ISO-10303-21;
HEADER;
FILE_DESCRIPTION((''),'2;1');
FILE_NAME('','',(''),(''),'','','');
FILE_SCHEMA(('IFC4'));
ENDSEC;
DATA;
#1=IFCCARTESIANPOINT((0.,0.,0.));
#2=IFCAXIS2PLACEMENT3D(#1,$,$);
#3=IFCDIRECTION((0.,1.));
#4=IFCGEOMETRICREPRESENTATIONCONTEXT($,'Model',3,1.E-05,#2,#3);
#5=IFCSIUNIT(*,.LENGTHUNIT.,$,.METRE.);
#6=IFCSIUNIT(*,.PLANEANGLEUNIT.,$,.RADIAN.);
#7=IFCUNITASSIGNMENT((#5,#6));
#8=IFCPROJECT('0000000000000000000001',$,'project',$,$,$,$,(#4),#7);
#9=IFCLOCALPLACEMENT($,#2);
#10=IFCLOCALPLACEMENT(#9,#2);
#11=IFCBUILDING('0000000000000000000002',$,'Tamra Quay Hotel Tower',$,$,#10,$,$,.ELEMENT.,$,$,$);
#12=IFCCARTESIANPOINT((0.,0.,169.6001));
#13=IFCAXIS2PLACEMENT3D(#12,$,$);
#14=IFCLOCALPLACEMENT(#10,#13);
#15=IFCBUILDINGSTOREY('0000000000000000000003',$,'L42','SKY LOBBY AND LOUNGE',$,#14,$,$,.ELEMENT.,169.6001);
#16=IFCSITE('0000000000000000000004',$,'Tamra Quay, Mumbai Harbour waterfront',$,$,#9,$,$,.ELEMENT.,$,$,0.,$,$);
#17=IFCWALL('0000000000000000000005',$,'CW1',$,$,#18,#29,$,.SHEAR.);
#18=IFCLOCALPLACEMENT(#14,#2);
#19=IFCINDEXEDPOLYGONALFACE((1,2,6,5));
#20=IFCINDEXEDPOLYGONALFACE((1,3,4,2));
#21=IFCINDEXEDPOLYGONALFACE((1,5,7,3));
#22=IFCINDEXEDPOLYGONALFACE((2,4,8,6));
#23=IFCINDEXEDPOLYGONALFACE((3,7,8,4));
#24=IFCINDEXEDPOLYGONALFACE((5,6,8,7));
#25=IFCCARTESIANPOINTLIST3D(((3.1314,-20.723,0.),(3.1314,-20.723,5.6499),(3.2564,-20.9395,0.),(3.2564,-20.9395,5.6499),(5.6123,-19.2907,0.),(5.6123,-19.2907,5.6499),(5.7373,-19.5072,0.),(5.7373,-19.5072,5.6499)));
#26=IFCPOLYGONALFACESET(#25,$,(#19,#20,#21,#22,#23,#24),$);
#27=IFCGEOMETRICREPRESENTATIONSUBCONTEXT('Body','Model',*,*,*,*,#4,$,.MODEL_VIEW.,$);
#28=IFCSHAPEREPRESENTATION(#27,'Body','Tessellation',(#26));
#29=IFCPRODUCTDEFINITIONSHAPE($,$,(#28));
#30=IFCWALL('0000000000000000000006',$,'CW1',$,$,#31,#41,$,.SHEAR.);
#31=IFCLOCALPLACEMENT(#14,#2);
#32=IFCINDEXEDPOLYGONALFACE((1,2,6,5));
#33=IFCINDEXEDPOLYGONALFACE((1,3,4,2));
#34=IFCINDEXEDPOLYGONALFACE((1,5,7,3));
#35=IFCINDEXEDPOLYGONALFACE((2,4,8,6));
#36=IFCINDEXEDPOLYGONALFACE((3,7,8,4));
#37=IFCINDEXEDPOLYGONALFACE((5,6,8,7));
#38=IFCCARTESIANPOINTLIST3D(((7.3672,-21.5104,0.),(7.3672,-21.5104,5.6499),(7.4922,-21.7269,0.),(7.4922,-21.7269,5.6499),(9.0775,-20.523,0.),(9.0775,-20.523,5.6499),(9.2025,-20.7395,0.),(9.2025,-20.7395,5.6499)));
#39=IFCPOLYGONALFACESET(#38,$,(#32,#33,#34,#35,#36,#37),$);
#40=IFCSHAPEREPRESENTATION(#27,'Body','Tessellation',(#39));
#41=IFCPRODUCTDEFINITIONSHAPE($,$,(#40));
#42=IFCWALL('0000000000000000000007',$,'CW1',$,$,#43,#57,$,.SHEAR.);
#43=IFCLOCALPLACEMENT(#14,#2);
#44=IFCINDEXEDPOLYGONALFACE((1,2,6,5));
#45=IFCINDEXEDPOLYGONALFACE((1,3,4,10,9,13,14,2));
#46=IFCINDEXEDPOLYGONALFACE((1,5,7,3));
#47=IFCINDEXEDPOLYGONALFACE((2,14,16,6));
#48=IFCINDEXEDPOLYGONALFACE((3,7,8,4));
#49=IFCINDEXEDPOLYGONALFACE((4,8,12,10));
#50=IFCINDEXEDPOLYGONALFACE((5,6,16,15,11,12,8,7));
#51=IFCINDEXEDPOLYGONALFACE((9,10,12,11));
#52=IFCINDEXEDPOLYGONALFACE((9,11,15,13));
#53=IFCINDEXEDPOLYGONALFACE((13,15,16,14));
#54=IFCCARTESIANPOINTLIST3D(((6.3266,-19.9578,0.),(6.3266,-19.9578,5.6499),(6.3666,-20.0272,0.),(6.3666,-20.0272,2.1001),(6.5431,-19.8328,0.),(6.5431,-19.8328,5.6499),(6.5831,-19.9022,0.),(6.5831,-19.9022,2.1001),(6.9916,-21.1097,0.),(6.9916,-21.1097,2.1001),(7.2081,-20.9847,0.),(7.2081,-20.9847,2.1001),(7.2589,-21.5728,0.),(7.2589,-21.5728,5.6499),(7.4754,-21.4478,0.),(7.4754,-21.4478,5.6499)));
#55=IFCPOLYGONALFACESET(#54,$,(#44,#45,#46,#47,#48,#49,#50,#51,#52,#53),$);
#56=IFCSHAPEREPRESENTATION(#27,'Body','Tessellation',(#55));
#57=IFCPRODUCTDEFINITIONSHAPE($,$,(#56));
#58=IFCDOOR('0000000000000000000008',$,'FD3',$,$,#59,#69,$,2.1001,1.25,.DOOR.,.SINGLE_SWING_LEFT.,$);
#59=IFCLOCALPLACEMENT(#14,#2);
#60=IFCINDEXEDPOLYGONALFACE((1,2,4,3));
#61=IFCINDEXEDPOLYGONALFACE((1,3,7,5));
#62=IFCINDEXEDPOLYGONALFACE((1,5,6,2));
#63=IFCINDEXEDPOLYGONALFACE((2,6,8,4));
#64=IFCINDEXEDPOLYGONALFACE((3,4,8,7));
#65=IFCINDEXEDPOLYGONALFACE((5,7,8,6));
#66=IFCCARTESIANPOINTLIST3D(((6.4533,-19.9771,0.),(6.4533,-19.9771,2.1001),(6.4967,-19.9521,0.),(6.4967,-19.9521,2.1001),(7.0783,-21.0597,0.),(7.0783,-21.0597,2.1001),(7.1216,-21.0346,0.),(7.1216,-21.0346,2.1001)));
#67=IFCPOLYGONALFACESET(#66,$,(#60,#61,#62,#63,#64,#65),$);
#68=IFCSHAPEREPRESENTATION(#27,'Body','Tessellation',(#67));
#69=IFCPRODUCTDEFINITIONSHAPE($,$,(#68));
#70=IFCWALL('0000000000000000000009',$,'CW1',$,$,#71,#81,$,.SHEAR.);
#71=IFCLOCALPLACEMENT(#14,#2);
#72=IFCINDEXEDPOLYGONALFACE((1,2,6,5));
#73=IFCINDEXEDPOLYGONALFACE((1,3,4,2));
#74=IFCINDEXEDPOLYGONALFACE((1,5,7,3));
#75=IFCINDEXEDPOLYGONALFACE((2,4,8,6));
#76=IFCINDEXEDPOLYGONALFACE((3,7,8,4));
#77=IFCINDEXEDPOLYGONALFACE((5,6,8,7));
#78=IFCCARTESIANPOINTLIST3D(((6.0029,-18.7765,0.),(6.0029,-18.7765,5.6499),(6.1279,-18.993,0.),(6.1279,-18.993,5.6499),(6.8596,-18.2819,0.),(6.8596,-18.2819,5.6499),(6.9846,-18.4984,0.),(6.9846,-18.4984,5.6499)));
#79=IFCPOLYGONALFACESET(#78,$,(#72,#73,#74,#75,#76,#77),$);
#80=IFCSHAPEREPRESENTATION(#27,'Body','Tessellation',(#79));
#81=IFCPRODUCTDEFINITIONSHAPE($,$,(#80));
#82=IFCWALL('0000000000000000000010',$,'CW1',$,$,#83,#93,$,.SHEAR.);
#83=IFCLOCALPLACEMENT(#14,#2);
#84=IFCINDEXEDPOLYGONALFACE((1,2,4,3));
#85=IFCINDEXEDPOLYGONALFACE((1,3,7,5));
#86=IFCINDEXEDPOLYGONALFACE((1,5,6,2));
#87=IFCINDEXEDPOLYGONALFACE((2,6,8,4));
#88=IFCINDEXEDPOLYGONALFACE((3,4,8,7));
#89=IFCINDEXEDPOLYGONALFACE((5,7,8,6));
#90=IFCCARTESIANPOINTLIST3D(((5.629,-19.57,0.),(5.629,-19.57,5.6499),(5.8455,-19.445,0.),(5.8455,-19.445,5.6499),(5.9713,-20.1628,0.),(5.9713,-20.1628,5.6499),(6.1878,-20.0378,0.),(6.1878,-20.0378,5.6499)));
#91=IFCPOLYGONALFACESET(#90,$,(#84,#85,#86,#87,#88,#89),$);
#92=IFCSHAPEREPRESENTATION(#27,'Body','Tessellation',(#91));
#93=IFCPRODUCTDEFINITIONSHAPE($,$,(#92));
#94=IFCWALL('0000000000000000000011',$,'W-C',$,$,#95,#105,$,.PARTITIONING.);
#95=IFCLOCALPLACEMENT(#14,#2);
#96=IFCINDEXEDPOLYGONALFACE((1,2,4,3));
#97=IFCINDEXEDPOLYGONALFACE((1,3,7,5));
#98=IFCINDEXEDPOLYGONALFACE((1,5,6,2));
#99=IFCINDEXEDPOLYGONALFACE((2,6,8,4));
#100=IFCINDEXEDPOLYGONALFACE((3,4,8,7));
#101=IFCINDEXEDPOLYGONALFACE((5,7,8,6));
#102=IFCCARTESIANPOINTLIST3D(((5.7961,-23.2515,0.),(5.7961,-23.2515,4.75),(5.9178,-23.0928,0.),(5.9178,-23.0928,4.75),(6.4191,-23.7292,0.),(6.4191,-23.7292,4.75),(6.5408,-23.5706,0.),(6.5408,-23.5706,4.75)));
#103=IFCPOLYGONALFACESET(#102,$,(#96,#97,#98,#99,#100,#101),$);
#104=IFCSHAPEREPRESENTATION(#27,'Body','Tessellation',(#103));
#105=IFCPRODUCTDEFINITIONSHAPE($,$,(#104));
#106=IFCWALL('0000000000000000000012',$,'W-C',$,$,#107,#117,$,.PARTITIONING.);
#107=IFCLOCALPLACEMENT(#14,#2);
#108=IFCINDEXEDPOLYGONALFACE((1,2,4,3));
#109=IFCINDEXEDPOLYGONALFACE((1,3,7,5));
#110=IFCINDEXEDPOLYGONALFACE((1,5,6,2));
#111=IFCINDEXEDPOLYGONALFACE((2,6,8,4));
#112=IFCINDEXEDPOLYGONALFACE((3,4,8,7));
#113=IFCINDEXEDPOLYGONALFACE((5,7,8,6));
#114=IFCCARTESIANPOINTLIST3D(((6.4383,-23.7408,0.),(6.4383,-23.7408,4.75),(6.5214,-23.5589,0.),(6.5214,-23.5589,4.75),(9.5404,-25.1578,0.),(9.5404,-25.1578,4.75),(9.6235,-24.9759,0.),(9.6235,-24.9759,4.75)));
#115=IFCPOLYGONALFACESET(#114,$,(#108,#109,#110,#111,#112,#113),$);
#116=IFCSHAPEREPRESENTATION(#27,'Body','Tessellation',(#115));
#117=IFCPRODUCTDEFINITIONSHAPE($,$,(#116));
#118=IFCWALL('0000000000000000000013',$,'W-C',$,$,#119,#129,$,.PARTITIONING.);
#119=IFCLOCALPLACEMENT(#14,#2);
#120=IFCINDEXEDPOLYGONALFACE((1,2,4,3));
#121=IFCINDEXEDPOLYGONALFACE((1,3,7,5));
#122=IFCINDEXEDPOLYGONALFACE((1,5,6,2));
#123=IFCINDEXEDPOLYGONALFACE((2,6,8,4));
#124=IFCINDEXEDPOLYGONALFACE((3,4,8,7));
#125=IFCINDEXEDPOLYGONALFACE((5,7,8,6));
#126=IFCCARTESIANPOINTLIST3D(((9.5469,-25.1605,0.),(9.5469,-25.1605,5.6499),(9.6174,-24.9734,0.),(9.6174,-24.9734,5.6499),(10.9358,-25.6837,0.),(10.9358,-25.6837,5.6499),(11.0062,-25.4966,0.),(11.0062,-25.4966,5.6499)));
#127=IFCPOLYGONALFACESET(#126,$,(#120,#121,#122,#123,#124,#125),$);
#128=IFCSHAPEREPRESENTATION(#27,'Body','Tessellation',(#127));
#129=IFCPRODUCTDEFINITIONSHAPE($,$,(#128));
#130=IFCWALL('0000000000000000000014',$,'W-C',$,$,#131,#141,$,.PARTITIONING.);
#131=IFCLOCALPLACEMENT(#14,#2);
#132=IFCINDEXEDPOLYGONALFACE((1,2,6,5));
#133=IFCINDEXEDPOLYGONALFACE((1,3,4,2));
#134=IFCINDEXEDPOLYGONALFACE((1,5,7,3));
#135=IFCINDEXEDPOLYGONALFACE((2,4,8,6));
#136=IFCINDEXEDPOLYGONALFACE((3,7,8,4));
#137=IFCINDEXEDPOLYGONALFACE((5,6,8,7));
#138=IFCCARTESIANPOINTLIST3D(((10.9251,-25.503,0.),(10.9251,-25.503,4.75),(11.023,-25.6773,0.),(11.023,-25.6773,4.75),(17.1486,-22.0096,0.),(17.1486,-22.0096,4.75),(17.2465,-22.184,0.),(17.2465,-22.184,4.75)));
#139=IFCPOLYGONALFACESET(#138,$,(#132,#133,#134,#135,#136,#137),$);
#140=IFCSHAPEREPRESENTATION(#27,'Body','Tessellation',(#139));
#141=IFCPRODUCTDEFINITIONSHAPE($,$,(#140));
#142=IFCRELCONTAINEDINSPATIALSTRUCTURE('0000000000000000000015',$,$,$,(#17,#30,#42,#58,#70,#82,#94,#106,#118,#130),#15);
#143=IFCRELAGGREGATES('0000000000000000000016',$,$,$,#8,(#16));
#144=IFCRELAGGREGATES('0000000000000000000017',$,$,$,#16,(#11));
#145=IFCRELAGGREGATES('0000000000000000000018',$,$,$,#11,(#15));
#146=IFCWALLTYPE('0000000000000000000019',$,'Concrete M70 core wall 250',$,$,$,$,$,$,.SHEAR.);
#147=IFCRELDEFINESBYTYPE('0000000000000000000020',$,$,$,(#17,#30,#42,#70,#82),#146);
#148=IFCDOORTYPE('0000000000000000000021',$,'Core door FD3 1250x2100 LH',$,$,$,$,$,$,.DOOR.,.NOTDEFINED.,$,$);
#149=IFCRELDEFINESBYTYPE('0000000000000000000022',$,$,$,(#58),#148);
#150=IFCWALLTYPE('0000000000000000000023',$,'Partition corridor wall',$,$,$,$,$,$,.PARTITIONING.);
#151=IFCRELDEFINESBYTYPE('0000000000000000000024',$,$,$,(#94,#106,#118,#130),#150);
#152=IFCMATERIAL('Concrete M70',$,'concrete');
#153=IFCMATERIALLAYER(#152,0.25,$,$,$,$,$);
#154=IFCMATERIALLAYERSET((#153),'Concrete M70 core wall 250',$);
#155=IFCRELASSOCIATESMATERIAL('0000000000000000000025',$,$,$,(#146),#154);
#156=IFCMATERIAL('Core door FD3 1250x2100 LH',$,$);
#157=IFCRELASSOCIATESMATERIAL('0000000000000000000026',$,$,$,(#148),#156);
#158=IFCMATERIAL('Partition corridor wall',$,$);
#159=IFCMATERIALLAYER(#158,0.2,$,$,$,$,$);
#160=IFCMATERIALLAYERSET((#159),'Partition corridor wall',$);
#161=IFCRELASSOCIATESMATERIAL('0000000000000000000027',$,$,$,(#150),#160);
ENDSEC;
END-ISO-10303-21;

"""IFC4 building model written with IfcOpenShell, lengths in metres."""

from ifc_helpers import new_model, si_unit, direction, frame, frame_2d, origin, place, context, subcontext, project, spatial, rectangle, extrude, material, layer, layer_set, type_object, element, fill, save


model = new_model("IFC4")

# Units and contexts
model_context = context("Model", 3, precision=1e-05, world=origin(), true_north=direction((0.0, 1.0)))
body_context = subcontext(model_context, "Body", "Model", "MODEL_VIEW")
ifc_project = project(units=[si_unit("LENGTHUNIT", "METRE"), si_unit("PLANEANGLEUNIT", "RADIAN")], contexts=[model_context])

# Site, building, storey
site_placement = place(None, origin())
site = spatial("IfcSite", under=ifc_project, at=site_placement, Name="Tamra Quay, Mumbai Harbour waterfront", CompositionType="ELEMENT", RefElevation=0.0)
building_placement = place(site_placement, origin())
building = spatial("IfcBuilding", under=site, at=building_placement, Name="Tamra Quay Hotel Tower", CompositionType="ELEMENT")
storey_placement = place(building_placement, frame((0.0, 0.0, 169.6001)))
storey = spatial("IfcBuildingStorey", under=building, at=storey_placement, Name="L42", Description="SKY LOBBY AND LOUNGE", CompositionType="ELEMENT", Elevation=169.6001)

# Shared definitions
ifc_material_1 = material(Name="Concrete M70", Category="concrete")

# Walls
ifc_layer_1 = layer(ifc_material_1, 0.25)
ifc_layer_set_1 = layer_set([ifc_layer_1], Name="Concrete M70 core wall 250")
wall_type_1 = type_object("IfcWallType", Name="Concrete M70 core wall 250", PredefinedType="SHEAR", material=ifc_layer_set_1)
wall_1_placement = place(storey_placement, frame((5.6748, -19.3989, 0.0), z_axis=(0.0, 0.0, 1.0), x_axis=(-0.866027, -0.499998, 0.0)))
element("IfcWall", 1, at=wall_1_placement, inside=storey, type_object=wall_type_1, Name="CW1", PredefinedType="SHEAR", context=body_context, shape_type="SweptSolid", body=[
    extrude(rectangle(XDim=2.8647, YDim=0.25, at=frame_2d((1.4324, 0.0))), origin(), (0.0, 0.0, 1.0), 5.6499),
])
wall_2_placement = place(storey_placement, frame((9.1399, -20.6313, 0.0), z_axis=(0.0, 0.0, 1.0), x_axis=(-0.866044, -0.499969, 0.0)))
element("IfcWall", 2, at=wall_2_placement, inside=storey, type_object=wall_type_1, Name="CW1", PredefinedType="SHEAR", context=body_context, shape_type="SweptSolid", body=[
    extrude(rectangle(XDim=1.9749, YDim=0.25, at=frame_2d((0.9873, 0.0))), origin(), (0.0, 0.0, 1.0), 5.6499),
])

# Wall, opening, door
wall_3_placement = place(storey_placement, frame((7.3672, -21.5103, 0.0), z_axis=(0.0, 0.0, 1.0), x_axis=(-0.499983, 0.866035, 0.0)))
wall_3 = element("IfcWall", 3, at=wall_3_placement, inside=storey, type_object=wall_type_1, Name="CW1", PredefinedType="SHEAR", context=body_context, shape_type="SweptSolid", body=[
    extrude(rectangle(XDim=1.8647, YDim=0.25, at=frame_2d((0.9324, 0.0))), origin(), (0.0, 0.0, 1.0), 5.6499),
])
opening_1_placement = place(wall_3_placement, frame((0.5347, 0.0, 0.0)))
opening_1 = element("IfcOpeningElement", 4, at=opening_1_placement, cuts=wall_3, PredefinedType="OPENING", context=body_context, shape_type="SweptSolid", body=[
    extrude(rectangle(XDim=1.25, YDim=2.1001, at=frame_2d((0.625, 1.05))), frame((0.0, 0.135, 0.0), z_axis=(0.0, -1.0, 0.0), x_axis=(1.0, 0.0, 0.0)), (0.0, 0.0, 1.0), 0.27),
])
ifc_material_2 = material(Name="Core door FD3 1250x2100 LH")
door_type_1 = type_object("IfcDoorType", Name="Core door FD3 1250x2100 LH", OperationType="NOTDEFINED", PredefinedType="DOOR", material=ifc_material_2)
door_1_placement = place(opening_1_placement, origin())
door_1 = element("IfcDoor", 5, at=door_1_placement, inside=storey, type_object=door_type_1, Name="FD3", OperationType="SINGLE_SWING_LEFT", OverallHeight=2.1001, OverallWidth=1.25, PredefinedType="DOOR", context=body_context, shape_type="SweptSolid", body=[
    extrude(rectangle(XDim=1.25, YDim=2.1001, at=frame_2d((0.625, 1.05))), frame((0.0, 0.0249, 0.0), z_axis=(0.0, -1.0, 0.0), x_axis=(1.0, 0.0, 0.0)), (0.0, 0.0, 1.0), 0.05),
])
fill(opening_1, door_1)

# Walls
wall_4_placement = place(storey_placement, frame((6.0654, -18.8848, 0.0), z_axis=(0.0, 0.0, 1.0), x_axis=(0.866017, 0.500014, 0.0)))
element("IfcWall", 6, at=wall_4_placement, inside=storey, type_object=wall_type_1, Name="CW1", PredefinedType="SHEAR", context=body_context, shape_type="SweptSolid", body=[
    extrude(rectangle(XDim=0.9893, YDim=0.25, at=frame_2d((0.4946, 0.0))), origin(), (0.0, 0.0, 1.0), 5.6499),
])
wall_5_placement = place(storey_placement, frame((6.0796, -20.1003, 0.0), z_axis=(0.0, 0.0, 1.0), x_axis=(-0.500052, 0.865996, 0.0)))
element("IfcWall", 7, at=wall_5_placement, inside=storey, type_object=wall_type_1, Name="CW1", PredefinedType="SHEAR", context=body_context, shape_type="SweptSolid", body=[
    extrude(rectangle(XDim=0.6846, YDim=0.25, at=frame_2d((0.3423, 0.0))), origin(), (0.0, 0.0, 1.0), 5.6499),
])
ifc_material_3 = material(Name="Partition corridor wall")
ifc_layer_2 = layer(ifc_material_3, 0.2)
ifc_layer_set_2 = layer_set([ifc_layer_2], Name="Partition corridor wall")
wall_type_2 = type_object("IfcWallType", Name="Partition corridor wall", PredefinedType="PARTITIONING", material=ifc_layer_set_2)
wall_6_placement = place(storey_placement, frame((5.8569, -23.1721, 0.0), z_axis=(0.0, 0.0, 1.0), x_axis=(0.793536, -0.608523, 0.0)))
element("IfcWall", 8, at=wall_6_placement, inside=storey, type_object=wall_type_2, Name="W-C", PredefinedType="PARTITIONING", context=body_context, shape_type="SweptSolid", body=[
    extrude(rectangle(XDim=0.7852, YDim=0.2, at=frame_2d((0.3926, 0.0))), origin(), (0.0, 0.0, 1.0), 4.75),
])
wall_7_placement = place(storey_placement, frame((6.48, -23.6499, 0.0), z_axis=(0.0, 0.0, 1.0), x_axis=(0.909595, -0.415496, 0.0)))
element("IfcWall", 9, at=wall_7_placement, inside=storey, type_object=wall_type_2, Name="W-C", PredefinedType="PARTITIONING", context=body_context, shape_type="SweptSolid", body=[
    extrude(rectangle(XDim=3.4104, YDim=0.2, at=frame_2d((1.7051, 0.0))), origin(), (0.0, 0.0, 1.0), 4.75),
])
wall_8_placement = place(storey_placement, frame((9.582, -25.0669, 0.0), z_axis=(0.0, 0.0, 1.0), x_axis=(0.935808, -0.352511, 0.0)))
element("IfcWall", 10, at=wall_8_placement, inside=storey, type_object=wall_type_2, Name="W-C", PredefinedType="PARTITIONING", context=body_context, shape_type="SweptSolid", body=[
    extrude(rectangle(XDim=1.4841, YDim=0.2, at=frame_2d((0.7422, 0.0))), origin(), (0.0, 0.0, 1.0), 5.6499),
])
wall_9_placement = place(storey_placement, frame((10.9741, -25.5901, 0.0), z_axis=(0.0, 0.0, 1.0), x_axis=(0.872017, 0.489475, 0.0)))
element("IfcWall", 11, at=wall_9_placement, inside=storey, type_object=wall_type_2, Name="W-C", PredefinedType="PARTITIONING", context=body_context, shape_type="SweptSolid", body=[
    extrude(rectangle(XDim=7.137, YDim=0.2, at=frame_2d((3.5684, 0.0))), origin(), (0.0, 0.0, 1.0), 4.75),
])

save(model, "model.ifc")
